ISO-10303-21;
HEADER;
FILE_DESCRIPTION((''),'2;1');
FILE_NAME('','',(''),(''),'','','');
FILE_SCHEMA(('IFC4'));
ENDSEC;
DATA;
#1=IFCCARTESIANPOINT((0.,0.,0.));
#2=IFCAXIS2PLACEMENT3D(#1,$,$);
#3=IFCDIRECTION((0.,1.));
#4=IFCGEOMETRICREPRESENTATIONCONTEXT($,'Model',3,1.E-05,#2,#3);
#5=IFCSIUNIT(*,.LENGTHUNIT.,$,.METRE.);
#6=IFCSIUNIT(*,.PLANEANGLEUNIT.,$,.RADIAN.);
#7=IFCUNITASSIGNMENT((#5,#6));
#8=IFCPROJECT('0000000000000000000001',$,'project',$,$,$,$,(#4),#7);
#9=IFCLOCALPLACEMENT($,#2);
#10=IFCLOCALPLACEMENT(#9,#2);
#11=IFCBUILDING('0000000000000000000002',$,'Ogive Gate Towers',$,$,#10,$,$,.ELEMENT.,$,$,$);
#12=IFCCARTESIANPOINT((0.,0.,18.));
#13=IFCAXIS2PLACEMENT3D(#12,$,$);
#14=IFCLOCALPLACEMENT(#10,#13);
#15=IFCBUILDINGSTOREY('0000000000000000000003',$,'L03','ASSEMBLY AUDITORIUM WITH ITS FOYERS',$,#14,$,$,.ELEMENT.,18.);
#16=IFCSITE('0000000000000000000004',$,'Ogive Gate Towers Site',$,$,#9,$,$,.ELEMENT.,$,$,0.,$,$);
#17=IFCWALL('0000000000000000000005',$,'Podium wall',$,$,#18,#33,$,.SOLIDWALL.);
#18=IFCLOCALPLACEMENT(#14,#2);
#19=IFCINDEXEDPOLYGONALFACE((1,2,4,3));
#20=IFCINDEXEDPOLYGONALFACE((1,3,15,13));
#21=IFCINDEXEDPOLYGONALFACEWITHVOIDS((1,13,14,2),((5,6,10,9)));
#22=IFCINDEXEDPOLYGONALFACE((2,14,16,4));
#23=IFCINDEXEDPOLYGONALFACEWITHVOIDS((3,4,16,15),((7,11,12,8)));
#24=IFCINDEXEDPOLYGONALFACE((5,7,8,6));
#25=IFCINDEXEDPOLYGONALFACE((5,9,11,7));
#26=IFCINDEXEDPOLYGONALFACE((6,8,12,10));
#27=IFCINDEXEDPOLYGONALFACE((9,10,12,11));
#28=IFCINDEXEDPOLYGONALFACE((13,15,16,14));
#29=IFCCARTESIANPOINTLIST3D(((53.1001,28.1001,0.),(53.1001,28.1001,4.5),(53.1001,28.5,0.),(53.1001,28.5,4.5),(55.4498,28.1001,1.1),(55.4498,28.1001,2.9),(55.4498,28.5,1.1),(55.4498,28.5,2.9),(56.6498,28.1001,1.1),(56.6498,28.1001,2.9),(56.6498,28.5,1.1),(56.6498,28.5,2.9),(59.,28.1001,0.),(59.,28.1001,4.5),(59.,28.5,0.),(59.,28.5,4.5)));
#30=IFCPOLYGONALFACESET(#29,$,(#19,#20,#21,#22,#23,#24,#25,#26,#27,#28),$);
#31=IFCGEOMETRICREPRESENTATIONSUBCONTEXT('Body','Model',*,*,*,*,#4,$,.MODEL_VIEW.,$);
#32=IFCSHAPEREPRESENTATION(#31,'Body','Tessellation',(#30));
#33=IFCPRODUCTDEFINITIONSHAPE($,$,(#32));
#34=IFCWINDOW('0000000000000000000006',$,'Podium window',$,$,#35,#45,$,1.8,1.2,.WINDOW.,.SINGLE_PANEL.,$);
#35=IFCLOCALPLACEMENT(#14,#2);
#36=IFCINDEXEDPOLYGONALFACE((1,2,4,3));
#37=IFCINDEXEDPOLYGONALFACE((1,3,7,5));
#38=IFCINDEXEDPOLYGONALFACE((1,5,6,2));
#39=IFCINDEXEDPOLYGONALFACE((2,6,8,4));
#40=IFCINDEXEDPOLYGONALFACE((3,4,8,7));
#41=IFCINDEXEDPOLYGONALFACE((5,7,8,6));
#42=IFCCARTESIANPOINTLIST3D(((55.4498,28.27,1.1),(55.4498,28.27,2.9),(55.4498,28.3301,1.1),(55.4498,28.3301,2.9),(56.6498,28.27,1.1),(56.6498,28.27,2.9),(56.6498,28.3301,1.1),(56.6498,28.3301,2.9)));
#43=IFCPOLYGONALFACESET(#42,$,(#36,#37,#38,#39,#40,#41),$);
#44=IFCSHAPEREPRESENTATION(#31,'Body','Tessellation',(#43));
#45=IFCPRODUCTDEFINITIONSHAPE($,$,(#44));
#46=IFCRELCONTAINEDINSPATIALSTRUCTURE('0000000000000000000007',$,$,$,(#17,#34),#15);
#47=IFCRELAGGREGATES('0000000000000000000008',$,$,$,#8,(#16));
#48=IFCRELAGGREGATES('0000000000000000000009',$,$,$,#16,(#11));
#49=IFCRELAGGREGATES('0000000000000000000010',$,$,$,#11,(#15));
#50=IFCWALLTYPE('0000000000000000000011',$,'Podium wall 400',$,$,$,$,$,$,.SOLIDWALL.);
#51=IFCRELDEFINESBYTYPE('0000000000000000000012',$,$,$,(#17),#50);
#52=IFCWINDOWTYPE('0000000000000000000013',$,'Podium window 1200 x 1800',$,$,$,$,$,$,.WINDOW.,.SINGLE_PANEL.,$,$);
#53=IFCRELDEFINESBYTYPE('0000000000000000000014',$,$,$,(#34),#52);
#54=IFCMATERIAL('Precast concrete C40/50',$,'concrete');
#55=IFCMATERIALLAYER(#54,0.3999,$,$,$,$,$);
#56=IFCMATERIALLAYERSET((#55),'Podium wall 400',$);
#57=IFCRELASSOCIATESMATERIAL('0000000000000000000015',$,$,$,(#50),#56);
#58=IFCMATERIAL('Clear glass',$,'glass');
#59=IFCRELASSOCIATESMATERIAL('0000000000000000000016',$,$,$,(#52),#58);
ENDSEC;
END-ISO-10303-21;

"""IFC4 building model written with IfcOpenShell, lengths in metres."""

from ifc_helpers import new_model, si_unit, direction, frame, frame_2d, origin, place, context, subcontext, project, spatial, rectangle, extrude, material, layer, layer_set, type_object, element, fill, save


model = new_model("IFC4")

# Units and contexts
model_context = context("Model", 3, precision=1e-05, world=origin(), true_north=direction((0.0, 1.0)))
body_context = subcontext(model_context, "Body", "Model", "MODEL_VIEW")
ifc_project = project(units=[si_unit("LENGTHUNIT", "METRE"), si_unit("PLANEANGLEUNIT", "RADIAN")], contexts=[model_context])

# Site, building, storey
site_placement = place(None, origin())
site = spatial("IfcSite", under=ifc_project, at=site_placement, Name="Ogive Gate Towers Site", CompositionType="ELEMENT", RefElevation=0.0)
building_placement = place(site_placement, origin())
building = spatial("IfcBuilding", under=site, at=building_placement, Name="Ogive Gate Towers", CompositionType="ELEMENT")
storey_placement = place(building_placement, frame((0.0, 0.0, 18.0)))
storey = spatial("IfcBuildingStorey", under=building, at=storey_placement, Name="L03", Description="ASSEMBLY AUDITORIUM WITH ITS FOYERS", CompositionType="ELEMENT", Elevation=18.0)

# Shared definitions
ifc_material_1 = material(Name="Precast concrete C40/50", Category="concrete")
ifc_layer = layer(ifc_material_1, 0.3999)
ifc_layer_set = layer_set([ifc_layer], Name="Podium wall 400")
wall_type = type_object("IfcWallType", Name="Podium wall 400", PredefinedType="SOLIDWALL", material=ifc_layer_set)
ifc_material_2 = material(Name="Clear glass", Category="glass")
window_type_1 = type_object("IfcWindowType", Name="Podium window 1200 x 1800", PartitioningType="SINGLE_PANEL", PredefinedType="WINDOW", material=ifc_material_2)

# Wall, opening, window
wall_1_placement = place(storey_placement, frame((59.0, 28.3, 0.0), z_axis=(0.0, 0.0, 1.0), x_axis=(-1.0, 0.0, 0.0)))
wall_1 = element("IfcWall", 1, at=wall_1_placement, inside=storey, type_object=wall_type, Name="Podium wall", PredefinedType="SOLIDWALL", context=body_context, shape_type="SweptSolid", body=[
    extrude(rectangle(XDim=5.8999, YDim=0.3999, at=frame_2d((2.95, 0.0))), origin(), (0.0, 0.0, 1.0), 4.5),
])
opening_1_placement = place(wall_1_placement, frame((2.3501, 0.0, 1.1001)))
opening_1 = element("IfcOpeningElement", 2, at=opening_1_placement, cuts=wall_1, PredefinedType="OPENING", context=body_context, shape_type="SweptSolid", body=[
    extrude(rectangle(XDim=1.2, YDim=1.8, at=frame_2d((0.6001, 0.8999))), frame((0.0, 0.21, 0.0), z_axis=(0.0, -1.0, 0.0), x_axis=(1.0, 0.0, 0.0)), (0.0, 0.0, 1.0), 0.4199),
])
window_1_placement = place(opening_1_placement, origin())
window_1 = element("IfcWindow", 3, at=window_1_placement, inside=storey, type_object=window_type_1, Name="Podium window", OverallHeight=1.8, OverallWidth=1.2, PartitioningType="SINGLE_PANEL", PredefinedType="WINDOW", context=body_context, shape_type="SweptSolid", body=[
    extrude(rectangle(XDim=1.2, YDim=1.8, at=frame_2d((0.6001, 0.8999))), frame((0.0, 0.03, 0.0), z_axis=(0.0, -1.0, 0.0), x_axis=(1.0, 0.0, 0.0)), (0.0, 0.0, 1.0), 0.0601),
])
fill(opening_1, window_1)

save(model, "model.ifc")
